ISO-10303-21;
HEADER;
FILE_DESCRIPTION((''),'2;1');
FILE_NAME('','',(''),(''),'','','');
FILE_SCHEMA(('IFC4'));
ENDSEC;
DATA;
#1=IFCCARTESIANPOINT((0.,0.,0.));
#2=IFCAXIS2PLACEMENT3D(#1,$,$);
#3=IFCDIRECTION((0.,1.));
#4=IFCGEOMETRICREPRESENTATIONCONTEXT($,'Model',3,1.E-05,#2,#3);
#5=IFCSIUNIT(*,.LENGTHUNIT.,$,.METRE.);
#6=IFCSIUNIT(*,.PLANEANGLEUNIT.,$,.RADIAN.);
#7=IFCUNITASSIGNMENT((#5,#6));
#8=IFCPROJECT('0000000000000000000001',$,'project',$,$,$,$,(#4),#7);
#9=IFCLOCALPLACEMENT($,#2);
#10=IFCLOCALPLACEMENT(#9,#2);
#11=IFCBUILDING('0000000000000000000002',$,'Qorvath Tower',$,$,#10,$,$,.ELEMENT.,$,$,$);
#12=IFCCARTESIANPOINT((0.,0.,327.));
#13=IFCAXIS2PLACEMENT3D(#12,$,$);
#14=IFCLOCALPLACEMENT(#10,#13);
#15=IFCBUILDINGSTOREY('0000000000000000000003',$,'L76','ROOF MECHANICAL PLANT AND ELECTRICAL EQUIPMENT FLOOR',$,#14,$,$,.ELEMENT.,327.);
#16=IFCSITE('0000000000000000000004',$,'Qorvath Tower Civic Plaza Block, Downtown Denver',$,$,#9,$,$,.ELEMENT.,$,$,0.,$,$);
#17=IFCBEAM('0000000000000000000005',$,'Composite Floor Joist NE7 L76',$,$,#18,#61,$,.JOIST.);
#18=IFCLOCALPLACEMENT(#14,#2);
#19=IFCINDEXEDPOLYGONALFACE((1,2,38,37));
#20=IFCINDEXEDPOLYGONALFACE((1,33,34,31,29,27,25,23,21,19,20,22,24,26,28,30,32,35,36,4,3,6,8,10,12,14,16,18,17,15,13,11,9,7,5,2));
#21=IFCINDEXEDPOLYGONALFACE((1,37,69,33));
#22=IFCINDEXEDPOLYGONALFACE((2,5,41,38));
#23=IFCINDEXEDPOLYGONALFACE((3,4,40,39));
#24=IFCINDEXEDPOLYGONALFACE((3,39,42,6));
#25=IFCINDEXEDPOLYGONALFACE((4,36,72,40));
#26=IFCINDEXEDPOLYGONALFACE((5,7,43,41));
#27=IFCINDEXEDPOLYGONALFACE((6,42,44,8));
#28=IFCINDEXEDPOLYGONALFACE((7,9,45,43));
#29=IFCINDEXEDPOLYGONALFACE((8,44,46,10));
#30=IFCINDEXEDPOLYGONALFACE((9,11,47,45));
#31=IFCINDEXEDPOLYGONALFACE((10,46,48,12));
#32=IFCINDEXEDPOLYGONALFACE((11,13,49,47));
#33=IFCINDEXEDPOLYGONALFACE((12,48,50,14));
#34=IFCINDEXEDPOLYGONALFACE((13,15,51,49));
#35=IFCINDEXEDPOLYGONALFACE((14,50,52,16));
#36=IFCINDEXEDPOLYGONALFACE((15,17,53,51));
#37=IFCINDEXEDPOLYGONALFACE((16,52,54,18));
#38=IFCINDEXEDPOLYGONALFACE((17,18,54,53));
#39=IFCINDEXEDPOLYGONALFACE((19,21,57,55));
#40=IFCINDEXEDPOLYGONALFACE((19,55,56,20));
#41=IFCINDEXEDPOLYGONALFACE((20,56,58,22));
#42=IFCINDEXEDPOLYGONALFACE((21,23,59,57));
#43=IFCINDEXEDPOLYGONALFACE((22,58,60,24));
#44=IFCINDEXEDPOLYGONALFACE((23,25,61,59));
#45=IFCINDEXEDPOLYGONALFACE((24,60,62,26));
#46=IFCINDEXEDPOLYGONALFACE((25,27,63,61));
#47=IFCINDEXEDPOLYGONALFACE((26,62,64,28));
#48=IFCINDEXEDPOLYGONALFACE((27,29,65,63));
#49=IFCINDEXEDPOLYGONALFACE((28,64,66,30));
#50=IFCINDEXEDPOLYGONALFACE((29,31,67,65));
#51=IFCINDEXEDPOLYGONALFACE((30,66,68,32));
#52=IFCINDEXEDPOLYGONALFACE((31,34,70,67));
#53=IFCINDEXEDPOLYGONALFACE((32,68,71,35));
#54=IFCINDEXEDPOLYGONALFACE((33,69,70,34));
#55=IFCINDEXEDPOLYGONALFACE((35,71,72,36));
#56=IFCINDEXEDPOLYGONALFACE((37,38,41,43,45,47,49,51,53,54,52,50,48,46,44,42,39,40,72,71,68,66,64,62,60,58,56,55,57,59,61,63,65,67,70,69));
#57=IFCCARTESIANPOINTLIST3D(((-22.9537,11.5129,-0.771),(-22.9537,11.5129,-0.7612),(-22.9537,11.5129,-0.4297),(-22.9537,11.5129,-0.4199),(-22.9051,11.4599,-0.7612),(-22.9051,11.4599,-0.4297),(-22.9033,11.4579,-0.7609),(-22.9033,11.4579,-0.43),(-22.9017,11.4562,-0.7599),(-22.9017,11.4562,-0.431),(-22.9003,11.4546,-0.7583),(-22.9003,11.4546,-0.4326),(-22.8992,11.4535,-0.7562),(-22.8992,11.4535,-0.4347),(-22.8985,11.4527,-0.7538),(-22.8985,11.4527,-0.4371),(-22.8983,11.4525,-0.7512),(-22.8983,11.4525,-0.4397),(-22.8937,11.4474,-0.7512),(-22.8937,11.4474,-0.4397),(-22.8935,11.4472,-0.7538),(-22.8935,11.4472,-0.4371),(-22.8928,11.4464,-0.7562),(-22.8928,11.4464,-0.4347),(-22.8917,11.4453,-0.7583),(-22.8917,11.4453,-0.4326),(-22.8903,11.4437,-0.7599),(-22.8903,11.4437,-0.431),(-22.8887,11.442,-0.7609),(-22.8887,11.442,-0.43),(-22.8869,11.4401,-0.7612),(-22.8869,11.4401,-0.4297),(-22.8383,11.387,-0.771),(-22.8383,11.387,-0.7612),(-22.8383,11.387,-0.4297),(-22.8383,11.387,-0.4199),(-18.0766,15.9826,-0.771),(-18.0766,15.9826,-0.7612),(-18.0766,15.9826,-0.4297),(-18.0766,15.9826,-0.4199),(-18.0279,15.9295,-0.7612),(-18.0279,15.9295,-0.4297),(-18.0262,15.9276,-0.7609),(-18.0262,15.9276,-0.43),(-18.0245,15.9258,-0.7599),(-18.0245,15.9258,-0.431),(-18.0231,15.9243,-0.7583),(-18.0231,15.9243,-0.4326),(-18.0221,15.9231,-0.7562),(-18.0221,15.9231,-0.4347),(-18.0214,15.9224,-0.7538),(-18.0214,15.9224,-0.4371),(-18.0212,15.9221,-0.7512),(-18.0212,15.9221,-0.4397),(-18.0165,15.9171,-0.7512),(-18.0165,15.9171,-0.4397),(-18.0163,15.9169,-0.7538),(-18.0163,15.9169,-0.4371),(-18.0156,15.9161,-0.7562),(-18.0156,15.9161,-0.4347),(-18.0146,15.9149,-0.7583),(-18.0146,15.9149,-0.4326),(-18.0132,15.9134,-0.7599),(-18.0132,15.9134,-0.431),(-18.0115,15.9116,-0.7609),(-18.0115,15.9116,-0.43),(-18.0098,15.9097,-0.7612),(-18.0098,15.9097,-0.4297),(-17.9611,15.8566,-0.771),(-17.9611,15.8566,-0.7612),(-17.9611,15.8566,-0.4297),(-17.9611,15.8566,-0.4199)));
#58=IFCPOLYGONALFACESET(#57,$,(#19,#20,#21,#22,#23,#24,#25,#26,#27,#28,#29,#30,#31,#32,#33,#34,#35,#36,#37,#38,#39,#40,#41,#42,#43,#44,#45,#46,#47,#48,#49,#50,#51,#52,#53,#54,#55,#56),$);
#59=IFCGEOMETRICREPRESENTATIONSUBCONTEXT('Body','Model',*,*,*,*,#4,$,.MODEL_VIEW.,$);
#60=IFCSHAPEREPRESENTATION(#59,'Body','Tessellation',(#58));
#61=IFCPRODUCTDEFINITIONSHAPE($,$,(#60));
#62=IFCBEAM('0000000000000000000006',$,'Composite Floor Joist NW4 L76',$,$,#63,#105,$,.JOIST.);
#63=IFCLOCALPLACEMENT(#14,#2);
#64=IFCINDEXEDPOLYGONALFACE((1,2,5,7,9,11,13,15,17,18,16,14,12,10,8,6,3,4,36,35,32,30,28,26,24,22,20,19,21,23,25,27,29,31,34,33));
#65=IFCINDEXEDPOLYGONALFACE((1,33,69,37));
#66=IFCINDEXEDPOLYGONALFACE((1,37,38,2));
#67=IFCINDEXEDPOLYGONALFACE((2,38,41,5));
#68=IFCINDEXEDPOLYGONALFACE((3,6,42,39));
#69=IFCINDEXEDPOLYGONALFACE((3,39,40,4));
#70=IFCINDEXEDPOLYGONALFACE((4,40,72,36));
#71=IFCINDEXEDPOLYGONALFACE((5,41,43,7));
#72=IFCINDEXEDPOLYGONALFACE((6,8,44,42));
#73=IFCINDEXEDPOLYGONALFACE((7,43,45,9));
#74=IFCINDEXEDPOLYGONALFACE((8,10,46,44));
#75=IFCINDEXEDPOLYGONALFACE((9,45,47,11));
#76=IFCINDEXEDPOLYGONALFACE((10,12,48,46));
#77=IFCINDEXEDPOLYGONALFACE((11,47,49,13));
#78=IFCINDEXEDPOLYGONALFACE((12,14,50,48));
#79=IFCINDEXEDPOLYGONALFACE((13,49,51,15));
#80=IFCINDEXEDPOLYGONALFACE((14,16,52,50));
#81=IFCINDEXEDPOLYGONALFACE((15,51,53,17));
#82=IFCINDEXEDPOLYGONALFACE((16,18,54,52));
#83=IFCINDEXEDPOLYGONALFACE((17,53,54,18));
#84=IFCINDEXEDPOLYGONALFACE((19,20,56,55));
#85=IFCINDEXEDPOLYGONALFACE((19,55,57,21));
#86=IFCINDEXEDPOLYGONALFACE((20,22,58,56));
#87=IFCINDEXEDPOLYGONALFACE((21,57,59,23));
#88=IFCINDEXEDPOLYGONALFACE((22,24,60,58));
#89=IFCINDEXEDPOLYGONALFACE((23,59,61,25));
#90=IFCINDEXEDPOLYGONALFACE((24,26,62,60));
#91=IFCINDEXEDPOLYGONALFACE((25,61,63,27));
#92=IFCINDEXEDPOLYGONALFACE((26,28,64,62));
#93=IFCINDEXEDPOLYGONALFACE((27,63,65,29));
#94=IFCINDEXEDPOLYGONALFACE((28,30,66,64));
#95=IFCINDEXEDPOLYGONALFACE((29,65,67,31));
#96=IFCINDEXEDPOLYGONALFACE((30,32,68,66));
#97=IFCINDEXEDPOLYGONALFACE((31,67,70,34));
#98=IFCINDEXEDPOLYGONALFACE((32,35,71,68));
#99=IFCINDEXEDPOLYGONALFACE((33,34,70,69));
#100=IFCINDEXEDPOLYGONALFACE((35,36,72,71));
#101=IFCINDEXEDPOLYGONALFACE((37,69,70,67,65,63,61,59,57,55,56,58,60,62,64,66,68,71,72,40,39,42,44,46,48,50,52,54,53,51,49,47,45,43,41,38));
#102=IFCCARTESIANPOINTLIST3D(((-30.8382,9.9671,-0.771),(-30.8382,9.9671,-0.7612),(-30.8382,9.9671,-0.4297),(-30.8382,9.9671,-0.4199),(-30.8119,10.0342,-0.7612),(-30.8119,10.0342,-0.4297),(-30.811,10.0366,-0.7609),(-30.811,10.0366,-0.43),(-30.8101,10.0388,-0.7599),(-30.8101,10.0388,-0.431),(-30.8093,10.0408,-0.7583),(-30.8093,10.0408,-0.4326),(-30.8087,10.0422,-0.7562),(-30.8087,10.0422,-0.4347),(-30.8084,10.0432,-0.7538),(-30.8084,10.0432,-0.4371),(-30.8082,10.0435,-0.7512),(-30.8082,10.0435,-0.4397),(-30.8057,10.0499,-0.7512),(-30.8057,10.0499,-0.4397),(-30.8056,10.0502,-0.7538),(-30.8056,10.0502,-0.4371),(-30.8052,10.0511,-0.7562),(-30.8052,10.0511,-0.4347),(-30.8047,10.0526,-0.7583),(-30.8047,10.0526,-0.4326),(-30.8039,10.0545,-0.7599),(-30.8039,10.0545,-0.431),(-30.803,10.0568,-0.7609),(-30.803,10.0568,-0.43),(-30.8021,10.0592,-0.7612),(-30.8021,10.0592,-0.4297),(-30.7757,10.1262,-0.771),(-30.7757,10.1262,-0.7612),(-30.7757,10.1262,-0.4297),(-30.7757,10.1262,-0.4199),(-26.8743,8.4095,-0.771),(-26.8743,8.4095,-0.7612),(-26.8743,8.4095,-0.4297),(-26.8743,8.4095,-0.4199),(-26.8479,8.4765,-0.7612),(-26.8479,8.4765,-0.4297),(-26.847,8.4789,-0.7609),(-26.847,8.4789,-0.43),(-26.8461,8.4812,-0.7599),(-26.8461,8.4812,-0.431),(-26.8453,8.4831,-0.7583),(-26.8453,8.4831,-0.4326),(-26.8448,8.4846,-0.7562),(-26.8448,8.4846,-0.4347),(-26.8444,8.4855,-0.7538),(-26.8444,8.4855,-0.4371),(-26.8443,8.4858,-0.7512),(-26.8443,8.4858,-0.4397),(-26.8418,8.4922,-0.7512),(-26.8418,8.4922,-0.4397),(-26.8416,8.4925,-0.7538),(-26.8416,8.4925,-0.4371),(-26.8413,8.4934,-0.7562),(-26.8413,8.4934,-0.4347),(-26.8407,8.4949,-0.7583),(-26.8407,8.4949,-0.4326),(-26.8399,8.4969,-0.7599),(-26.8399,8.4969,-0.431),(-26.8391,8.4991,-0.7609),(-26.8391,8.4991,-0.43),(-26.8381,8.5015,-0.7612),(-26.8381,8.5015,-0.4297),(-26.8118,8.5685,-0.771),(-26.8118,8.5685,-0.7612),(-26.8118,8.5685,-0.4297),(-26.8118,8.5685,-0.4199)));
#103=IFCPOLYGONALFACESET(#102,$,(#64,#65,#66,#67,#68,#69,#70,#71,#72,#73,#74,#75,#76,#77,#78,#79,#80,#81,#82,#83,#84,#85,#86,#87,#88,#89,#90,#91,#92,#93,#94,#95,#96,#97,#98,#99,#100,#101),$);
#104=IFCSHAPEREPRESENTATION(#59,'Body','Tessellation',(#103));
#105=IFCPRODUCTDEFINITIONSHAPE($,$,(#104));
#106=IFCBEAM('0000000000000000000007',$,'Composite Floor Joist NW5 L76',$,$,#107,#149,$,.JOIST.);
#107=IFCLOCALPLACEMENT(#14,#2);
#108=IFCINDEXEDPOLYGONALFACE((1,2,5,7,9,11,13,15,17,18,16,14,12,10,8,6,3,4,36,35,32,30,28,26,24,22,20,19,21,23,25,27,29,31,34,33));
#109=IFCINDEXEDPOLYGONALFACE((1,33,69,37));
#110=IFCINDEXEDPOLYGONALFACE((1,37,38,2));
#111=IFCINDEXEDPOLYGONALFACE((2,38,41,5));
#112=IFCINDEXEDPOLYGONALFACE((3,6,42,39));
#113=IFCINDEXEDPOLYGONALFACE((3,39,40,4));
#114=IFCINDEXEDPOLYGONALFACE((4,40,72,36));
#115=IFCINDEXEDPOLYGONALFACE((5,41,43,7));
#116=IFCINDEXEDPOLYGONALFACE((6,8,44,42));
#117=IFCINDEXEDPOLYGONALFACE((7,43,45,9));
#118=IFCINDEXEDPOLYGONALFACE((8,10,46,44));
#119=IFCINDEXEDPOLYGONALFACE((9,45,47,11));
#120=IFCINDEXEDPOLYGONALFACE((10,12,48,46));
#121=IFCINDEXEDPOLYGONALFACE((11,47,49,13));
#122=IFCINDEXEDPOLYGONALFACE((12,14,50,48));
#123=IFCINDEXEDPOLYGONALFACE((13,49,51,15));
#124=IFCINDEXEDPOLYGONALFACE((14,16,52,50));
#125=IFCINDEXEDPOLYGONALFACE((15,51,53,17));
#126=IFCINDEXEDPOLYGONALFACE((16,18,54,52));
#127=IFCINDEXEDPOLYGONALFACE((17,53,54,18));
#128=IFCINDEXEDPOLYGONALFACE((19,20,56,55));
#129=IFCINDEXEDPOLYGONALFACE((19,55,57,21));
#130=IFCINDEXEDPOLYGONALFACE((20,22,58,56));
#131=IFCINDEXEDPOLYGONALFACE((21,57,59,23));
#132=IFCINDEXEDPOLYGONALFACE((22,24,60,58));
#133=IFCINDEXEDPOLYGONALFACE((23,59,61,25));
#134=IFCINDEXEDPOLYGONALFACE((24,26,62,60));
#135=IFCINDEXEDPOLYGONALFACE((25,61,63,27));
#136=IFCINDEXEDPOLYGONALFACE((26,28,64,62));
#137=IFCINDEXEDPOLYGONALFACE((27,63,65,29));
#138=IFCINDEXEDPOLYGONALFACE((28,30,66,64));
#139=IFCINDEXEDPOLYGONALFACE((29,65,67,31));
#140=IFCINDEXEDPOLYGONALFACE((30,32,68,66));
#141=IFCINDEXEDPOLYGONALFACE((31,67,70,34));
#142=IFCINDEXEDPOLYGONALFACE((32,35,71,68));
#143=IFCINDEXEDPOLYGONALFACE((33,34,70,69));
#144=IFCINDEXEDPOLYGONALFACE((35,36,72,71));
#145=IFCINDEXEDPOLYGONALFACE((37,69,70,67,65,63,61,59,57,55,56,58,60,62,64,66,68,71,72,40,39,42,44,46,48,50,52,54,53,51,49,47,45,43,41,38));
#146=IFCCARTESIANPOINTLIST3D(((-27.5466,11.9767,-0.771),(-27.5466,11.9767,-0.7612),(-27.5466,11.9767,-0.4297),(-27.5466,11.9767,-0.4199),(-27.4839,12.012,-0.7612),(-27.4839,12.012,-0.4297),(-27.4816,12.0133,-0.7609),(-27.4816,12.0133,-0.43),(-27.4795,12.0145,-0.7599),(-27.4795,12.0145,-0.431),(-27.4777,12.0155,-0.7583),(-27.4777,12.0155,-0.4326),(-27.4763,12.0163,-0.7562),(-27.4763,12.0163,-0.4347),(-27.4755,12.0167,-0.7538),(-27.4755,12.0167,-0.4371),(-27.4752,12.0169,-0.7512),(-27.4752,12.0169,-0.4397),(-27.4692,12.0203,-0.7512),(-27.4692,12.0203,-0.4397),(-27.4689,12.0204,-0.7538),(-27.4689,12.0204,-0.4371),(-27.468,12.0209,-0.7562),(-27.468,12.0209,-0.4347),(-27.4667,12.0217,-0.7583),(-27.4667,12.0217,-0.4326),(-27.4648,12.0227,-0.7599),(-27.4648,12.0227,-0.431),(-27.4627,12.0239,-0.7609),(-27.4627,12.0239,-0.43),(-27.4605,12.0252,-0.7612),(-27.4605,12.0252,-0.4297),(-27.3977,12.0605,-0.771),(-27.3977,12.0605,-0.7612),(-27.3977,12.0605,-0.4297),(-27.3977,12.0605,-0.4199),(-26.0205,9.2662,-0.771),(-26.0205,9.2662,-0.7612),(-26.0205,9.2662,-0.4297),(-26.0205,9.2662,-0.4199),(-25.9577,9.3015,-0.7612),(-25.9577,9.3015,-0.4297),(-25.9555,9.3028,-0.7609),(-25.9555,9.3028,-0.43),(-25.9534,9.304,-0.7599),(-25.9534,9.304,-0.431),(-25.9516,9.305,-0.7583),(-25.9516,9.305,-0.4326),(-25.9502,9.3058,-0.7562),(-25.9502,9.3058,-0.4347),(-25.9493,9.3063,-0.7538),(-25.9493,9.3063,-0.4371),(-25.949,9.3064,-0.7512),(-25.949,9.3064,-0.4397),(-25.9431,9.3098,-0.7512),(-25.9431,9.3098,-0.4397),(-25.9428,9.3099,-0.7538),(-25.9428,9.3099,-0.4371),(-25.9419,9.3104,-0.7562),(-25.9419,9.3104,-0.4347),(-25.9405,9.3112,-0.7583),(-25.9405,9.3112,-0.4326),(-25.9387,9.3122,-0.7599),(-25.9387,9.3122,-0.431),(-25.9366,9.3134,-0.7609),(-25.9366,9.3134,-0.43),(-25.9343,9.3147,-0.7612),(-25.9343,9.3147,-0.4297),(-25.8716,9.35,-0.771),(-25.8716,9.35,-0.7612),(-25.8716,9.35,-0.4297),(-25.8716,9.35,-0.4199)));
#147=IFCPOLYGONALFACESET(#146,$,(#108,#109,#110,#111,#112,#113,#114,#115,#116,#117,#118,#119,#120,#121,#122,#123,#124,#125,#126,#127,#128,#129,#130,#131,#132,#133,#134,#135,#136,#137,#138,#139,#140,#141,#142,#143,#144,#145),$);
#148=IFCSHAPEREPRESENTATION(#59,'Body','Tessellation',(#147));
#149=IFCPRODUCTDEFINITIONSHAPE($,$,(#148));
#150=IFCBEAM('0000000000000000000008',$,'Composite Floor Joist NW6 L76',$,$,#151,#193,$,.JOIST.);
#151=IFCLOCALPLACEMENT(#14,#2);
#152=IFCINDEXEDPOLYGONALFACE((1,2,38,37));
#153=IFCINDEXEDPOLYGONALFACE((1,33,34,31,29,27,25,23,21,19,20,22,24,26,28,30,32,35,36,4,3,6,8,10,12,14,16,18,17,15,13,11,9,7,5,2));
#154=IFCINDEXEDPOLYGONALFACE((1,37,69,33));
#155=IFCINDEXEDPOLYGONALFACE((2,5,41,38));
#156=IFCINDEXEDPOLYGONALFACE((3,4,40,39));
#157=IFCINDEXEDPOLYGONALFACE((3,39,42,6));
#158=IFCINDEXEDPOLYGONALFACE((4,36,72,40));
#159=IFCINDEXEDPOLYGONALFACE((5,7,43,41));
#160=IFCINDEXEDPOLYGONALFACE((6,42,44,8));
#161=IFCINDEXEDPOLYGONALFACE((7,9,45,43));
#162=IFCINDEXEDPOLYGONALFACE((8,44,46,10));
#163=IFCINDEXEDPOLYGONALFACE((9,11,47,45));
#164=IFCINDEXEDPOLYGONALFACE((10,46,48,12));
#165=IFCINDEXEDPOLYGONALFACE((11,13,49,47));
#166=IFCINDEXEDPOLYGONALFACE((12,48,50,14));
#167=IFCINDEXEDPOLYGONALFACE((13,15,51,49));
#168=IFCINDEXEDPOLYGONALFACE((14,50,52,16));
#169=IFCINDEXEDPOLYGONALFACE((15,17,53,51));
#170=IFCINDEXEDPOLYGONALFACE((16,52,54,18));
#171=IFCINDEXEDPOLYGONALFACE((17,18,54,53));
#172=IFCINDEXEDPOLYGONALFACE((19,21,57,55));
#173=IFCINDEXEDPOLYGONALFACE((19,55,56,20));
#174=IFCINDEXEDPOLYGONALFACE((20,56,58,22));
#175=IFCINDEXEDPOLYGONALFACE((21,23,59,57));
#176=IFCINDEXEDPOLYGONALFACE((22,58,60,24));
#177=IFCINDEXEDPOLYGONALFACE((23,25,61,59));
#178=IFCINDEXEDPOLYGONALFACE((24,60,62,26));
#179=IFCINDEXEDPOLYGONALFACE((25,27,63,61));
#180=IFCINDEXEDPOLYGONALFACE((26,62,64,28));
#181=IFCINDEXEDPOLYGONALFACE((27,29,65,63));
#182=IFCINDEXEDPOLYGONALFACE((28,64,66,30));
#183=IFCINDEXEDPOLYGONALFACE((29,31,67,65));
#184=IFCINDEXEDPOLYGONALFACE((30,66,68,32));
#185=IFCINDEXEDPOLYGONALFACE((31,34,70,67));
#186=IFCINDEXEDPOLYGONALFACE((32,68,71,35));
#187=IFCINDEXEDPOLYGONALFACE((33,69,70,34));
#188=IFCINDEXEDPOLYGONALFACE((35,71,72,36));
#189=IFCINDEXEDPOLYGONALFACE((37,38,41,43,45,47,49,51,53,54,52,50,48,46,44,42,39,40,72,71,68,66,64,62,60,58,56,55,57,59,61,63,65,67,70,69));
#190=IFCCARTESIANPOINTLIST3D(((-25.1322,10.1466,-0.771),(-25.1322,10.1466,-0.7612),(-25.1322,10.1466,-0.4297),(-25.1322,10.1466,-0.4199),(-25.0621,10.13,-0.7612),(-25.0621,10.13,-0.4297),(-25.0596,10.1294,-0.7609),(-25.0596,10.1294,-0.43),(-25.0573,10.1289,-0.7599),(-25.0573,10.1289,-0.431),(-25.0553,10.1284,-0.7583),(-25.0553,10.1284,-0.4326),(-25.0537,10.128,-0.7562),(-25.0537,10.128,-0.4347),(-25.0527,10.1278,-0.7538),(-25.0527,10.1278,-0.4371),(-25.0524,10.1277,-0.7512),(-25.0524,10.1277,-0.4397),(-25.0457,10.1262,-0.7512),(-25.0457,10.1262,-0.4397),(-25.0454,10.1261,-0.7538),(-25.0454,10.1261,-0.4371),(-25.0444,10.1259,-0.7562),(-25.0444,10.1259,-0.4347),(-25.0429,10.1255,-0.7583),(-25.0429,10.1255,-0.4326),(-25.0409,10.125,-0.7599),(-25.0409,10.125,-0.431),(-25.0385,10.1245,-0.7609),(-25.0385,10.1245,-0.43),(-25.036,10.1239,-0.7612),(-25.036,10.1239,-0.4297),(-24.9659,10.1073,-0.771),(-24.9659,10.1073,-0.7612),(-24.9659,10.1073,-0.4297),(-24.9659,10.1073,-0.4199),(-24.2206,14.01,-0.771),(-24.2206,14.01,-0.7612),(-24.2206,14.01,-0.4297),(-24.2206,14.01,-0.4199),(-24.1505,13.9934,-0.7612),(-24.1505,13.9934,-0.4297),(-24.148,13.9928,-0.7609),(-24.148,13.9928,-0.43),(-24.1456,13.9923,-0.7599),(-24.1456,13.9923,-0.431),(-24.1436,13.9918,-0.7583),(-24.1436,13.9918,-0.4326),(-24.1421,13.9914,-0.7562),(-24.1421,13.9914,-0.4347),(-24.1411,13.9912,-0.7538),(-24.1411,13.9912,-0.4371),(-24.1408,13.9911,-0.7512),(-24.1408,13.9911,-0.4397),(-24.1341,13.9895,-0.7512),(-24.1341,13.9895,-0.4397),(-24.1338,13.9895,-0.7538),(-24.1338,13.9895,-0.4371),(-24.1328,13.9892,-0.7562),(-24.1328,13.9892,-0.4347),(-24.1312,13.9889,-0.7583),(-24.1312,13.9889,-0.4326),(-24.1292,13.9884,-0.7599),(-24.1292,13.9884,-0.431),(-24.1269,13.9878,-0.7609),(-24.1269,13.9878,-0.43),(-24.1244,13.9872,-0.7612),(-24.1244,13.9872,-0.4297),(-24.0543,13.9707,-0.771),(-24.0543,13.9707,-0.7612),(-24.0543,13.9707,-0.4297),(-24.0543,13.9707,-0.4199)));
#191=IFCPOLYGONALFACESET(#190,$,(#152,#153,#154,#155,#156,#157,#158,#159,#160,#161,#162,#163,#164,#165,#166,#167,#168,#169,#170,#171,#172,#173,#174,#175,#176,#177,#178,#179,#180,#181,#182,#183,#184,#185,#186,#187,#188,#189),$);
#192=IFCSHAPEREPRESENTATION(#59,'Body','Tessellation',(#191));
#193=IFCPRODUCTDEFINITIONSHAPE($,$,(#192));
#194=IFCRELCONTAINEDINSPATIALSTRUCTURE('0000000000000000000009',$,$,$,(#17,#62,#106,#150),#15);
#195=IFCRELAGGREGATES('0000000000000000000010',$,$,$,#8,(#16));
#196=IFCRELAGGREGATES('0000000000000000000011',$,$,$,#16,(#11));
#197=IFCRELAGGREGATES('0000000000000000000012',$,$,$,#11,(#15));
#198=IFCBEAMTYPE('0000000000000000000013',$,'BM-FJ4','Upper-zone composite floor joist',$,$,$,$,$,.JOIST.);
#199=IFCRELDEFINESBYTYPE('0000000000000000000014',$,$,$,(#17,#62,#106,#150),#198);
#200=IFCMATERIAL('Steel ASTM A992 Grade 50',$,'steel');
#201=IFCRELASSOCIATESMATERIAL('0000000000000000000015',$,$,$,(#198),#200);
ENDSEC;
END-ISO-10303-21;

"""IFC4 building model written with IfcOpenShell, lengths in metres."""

from ifc_helpers import new_model, si_unit, direction, frame, origin, origin_2d, place, context, subcontext, project, spatial, i_section, extrude, material, material_profile, profile_set, type_object, element, save


model = new_model("IFC4")

# Units and contexts
model_context = context("Model", 3, precision=1e-05, world=origin(), true_north=direction((0.0, 1.0)))
body_context = subcontext(model_context, "Body", "Model", "MODEL_VIEW")
ifc_project = project(units=[si_unit("LENGTHUNIT", "METRE"), si_unit("PLANEANGLEUNIT", "RADIAN")], contexts=[model_context])

# Site, building, storey
site_placement = place(None, origin())
site = spatial("IfcSite", under=ifc_project, at=site_placement, Name="Qorvath Tower Civic Plaza Block, Downtown Denver", CompositionType="ELEMENT", RefElevation=0.0)
building_placement = place(site_placement, origin())
building = spatial("IfcBuilding", under=site, at=building_placement, Name="Qorvath Tower", CompositionType="ELEMENT")
storey_placement = place(building_placement, frame((0.0, 0.0, 327.0)))
storey = spatial("IfcBuildingStorey", under=building, at=storey_placement, Name="L76", Description="ROOF MECHANICAL PLANT AND ELECTRICAL EQUIPMENT FLOOR", CompositionType="ELEMENT", Elevation=327.0)

# Beams
ifc_material_1 = material(Name="Steel ASTM A992 Grade 50", Category="steel")
ifc_material_profile_1 = material_profile(ifc_material_1, i_section(OverallWidth=0.1709, OverallDepth=0.3511, WebThickness=0.0068, FlangeThickness=0.0098, FilletRadius=0.01, at=origin_2d()), Name="W14x30")
ifc_profile_set_1 = profile_set([ifc_material_profile_1], Name="Steel ASTM A992 Grade 50")
beam_type_1 = type_object("IfcBeamType", Name="BM-FJ4", Description="Upper-zone composite floor joist", PredefinedType="JOIST", material=ifc_profile_set_1)
beam_1_placement = place(storey_placement, frame((-22.896, 11.45, -0.5955), z_axis=(0.737232, 0.675639, 0.0), x_axis=(-0.675639, 0.737232, 0.0)))
element("IfcBeam", 1, at=beam_1_placement, inside=storey, type_object=beam_type_1, Name="Composite Floor Joist NE7 L76", PredefinedType="JOIST", context=body_context, shape_type="SweptSolid", body=[
    extrude(i_section(OverallWidth=0.1709, OverallDepth=0.3511, WebThickness=0.0068, FlangeThickness=0.0098, FilletRadius=0.01, at=origin_2d()), origin(), (0.0, 0.0, 1.0), 6.6155),
])
beam_2_placement = place(storey_placement, frame((-26.843, 8.489, -0.5955), z_axis=(-0.930721, 0.36573, 0.0), x_axis=(-0.36573, -0.930721, 0.0)))
element("IfcBeam", 2, at=beam_2_placement, inside=storey, type_object=beam_type_1, Name="Composite Floor Joist NW4 L76", PredefinedType="JOIST", context=body_context, shape_type="SweptSolid", body=[
    extrude(i_section(OverallWidth=0.1709, OverallDepth=0.3511, WebThickness=0.0068, FlangeThickness=0.0098, FilletRadius=0.01, at=origin_2d()), origin(), (0.0, 0.0, 1.0), 4.259),
])
beam_3_placement = place(storey_placement, frame((-25.946, 9.3081, -0.5955), z_axis=(-0.490626, 0.87137, 0.0), x_axis=(-0.87137, -0.490626, 0.0)))
element("IfcBeam", 3, at=beam_3_placement, inside=storey, type_object=beam_type_1, Name="Composite Floor Joist NW5 L76", PredefinedType="JOIST", context=body_context, shape_type="SweptSolid", body=[
    extrude(i_section(OverallWidth=0.1709, OverallDepth=0.3511, WebThickness=0.0068, FlangeThickness=0.0098, FilletRadius=0.01, at=origin_2d()), origin(), (0.0, 0.0, 1.0), 3.1106),
])
beam_4_placement = place(storey_placement, frame((-25.0491, 10.127, -0.5955), z_axis=(0.229663, 0.97327, 0.0), x_axis=(-0.97327, 0.229663, 0.0)))
element("IfcBeam", 4, at=beam_4_placement, inside=storey, type_object=beam_type_1, Name="Composite Floor Joist NW6 L76", PredefinedType="JOIST", context=body_context, shape_type="SweptSolid", body=[
    extrude(i_section(OverallWidth=0.1709, OverallDepth=0.3511, WebThickness=0.0068, FlangeThickness=0.0098, FilletRadius=0.01, at=origin_2d()), origin(), (0.0, 0.0, 1.0), 3.9695),
])

save(model, "model.ifc")
